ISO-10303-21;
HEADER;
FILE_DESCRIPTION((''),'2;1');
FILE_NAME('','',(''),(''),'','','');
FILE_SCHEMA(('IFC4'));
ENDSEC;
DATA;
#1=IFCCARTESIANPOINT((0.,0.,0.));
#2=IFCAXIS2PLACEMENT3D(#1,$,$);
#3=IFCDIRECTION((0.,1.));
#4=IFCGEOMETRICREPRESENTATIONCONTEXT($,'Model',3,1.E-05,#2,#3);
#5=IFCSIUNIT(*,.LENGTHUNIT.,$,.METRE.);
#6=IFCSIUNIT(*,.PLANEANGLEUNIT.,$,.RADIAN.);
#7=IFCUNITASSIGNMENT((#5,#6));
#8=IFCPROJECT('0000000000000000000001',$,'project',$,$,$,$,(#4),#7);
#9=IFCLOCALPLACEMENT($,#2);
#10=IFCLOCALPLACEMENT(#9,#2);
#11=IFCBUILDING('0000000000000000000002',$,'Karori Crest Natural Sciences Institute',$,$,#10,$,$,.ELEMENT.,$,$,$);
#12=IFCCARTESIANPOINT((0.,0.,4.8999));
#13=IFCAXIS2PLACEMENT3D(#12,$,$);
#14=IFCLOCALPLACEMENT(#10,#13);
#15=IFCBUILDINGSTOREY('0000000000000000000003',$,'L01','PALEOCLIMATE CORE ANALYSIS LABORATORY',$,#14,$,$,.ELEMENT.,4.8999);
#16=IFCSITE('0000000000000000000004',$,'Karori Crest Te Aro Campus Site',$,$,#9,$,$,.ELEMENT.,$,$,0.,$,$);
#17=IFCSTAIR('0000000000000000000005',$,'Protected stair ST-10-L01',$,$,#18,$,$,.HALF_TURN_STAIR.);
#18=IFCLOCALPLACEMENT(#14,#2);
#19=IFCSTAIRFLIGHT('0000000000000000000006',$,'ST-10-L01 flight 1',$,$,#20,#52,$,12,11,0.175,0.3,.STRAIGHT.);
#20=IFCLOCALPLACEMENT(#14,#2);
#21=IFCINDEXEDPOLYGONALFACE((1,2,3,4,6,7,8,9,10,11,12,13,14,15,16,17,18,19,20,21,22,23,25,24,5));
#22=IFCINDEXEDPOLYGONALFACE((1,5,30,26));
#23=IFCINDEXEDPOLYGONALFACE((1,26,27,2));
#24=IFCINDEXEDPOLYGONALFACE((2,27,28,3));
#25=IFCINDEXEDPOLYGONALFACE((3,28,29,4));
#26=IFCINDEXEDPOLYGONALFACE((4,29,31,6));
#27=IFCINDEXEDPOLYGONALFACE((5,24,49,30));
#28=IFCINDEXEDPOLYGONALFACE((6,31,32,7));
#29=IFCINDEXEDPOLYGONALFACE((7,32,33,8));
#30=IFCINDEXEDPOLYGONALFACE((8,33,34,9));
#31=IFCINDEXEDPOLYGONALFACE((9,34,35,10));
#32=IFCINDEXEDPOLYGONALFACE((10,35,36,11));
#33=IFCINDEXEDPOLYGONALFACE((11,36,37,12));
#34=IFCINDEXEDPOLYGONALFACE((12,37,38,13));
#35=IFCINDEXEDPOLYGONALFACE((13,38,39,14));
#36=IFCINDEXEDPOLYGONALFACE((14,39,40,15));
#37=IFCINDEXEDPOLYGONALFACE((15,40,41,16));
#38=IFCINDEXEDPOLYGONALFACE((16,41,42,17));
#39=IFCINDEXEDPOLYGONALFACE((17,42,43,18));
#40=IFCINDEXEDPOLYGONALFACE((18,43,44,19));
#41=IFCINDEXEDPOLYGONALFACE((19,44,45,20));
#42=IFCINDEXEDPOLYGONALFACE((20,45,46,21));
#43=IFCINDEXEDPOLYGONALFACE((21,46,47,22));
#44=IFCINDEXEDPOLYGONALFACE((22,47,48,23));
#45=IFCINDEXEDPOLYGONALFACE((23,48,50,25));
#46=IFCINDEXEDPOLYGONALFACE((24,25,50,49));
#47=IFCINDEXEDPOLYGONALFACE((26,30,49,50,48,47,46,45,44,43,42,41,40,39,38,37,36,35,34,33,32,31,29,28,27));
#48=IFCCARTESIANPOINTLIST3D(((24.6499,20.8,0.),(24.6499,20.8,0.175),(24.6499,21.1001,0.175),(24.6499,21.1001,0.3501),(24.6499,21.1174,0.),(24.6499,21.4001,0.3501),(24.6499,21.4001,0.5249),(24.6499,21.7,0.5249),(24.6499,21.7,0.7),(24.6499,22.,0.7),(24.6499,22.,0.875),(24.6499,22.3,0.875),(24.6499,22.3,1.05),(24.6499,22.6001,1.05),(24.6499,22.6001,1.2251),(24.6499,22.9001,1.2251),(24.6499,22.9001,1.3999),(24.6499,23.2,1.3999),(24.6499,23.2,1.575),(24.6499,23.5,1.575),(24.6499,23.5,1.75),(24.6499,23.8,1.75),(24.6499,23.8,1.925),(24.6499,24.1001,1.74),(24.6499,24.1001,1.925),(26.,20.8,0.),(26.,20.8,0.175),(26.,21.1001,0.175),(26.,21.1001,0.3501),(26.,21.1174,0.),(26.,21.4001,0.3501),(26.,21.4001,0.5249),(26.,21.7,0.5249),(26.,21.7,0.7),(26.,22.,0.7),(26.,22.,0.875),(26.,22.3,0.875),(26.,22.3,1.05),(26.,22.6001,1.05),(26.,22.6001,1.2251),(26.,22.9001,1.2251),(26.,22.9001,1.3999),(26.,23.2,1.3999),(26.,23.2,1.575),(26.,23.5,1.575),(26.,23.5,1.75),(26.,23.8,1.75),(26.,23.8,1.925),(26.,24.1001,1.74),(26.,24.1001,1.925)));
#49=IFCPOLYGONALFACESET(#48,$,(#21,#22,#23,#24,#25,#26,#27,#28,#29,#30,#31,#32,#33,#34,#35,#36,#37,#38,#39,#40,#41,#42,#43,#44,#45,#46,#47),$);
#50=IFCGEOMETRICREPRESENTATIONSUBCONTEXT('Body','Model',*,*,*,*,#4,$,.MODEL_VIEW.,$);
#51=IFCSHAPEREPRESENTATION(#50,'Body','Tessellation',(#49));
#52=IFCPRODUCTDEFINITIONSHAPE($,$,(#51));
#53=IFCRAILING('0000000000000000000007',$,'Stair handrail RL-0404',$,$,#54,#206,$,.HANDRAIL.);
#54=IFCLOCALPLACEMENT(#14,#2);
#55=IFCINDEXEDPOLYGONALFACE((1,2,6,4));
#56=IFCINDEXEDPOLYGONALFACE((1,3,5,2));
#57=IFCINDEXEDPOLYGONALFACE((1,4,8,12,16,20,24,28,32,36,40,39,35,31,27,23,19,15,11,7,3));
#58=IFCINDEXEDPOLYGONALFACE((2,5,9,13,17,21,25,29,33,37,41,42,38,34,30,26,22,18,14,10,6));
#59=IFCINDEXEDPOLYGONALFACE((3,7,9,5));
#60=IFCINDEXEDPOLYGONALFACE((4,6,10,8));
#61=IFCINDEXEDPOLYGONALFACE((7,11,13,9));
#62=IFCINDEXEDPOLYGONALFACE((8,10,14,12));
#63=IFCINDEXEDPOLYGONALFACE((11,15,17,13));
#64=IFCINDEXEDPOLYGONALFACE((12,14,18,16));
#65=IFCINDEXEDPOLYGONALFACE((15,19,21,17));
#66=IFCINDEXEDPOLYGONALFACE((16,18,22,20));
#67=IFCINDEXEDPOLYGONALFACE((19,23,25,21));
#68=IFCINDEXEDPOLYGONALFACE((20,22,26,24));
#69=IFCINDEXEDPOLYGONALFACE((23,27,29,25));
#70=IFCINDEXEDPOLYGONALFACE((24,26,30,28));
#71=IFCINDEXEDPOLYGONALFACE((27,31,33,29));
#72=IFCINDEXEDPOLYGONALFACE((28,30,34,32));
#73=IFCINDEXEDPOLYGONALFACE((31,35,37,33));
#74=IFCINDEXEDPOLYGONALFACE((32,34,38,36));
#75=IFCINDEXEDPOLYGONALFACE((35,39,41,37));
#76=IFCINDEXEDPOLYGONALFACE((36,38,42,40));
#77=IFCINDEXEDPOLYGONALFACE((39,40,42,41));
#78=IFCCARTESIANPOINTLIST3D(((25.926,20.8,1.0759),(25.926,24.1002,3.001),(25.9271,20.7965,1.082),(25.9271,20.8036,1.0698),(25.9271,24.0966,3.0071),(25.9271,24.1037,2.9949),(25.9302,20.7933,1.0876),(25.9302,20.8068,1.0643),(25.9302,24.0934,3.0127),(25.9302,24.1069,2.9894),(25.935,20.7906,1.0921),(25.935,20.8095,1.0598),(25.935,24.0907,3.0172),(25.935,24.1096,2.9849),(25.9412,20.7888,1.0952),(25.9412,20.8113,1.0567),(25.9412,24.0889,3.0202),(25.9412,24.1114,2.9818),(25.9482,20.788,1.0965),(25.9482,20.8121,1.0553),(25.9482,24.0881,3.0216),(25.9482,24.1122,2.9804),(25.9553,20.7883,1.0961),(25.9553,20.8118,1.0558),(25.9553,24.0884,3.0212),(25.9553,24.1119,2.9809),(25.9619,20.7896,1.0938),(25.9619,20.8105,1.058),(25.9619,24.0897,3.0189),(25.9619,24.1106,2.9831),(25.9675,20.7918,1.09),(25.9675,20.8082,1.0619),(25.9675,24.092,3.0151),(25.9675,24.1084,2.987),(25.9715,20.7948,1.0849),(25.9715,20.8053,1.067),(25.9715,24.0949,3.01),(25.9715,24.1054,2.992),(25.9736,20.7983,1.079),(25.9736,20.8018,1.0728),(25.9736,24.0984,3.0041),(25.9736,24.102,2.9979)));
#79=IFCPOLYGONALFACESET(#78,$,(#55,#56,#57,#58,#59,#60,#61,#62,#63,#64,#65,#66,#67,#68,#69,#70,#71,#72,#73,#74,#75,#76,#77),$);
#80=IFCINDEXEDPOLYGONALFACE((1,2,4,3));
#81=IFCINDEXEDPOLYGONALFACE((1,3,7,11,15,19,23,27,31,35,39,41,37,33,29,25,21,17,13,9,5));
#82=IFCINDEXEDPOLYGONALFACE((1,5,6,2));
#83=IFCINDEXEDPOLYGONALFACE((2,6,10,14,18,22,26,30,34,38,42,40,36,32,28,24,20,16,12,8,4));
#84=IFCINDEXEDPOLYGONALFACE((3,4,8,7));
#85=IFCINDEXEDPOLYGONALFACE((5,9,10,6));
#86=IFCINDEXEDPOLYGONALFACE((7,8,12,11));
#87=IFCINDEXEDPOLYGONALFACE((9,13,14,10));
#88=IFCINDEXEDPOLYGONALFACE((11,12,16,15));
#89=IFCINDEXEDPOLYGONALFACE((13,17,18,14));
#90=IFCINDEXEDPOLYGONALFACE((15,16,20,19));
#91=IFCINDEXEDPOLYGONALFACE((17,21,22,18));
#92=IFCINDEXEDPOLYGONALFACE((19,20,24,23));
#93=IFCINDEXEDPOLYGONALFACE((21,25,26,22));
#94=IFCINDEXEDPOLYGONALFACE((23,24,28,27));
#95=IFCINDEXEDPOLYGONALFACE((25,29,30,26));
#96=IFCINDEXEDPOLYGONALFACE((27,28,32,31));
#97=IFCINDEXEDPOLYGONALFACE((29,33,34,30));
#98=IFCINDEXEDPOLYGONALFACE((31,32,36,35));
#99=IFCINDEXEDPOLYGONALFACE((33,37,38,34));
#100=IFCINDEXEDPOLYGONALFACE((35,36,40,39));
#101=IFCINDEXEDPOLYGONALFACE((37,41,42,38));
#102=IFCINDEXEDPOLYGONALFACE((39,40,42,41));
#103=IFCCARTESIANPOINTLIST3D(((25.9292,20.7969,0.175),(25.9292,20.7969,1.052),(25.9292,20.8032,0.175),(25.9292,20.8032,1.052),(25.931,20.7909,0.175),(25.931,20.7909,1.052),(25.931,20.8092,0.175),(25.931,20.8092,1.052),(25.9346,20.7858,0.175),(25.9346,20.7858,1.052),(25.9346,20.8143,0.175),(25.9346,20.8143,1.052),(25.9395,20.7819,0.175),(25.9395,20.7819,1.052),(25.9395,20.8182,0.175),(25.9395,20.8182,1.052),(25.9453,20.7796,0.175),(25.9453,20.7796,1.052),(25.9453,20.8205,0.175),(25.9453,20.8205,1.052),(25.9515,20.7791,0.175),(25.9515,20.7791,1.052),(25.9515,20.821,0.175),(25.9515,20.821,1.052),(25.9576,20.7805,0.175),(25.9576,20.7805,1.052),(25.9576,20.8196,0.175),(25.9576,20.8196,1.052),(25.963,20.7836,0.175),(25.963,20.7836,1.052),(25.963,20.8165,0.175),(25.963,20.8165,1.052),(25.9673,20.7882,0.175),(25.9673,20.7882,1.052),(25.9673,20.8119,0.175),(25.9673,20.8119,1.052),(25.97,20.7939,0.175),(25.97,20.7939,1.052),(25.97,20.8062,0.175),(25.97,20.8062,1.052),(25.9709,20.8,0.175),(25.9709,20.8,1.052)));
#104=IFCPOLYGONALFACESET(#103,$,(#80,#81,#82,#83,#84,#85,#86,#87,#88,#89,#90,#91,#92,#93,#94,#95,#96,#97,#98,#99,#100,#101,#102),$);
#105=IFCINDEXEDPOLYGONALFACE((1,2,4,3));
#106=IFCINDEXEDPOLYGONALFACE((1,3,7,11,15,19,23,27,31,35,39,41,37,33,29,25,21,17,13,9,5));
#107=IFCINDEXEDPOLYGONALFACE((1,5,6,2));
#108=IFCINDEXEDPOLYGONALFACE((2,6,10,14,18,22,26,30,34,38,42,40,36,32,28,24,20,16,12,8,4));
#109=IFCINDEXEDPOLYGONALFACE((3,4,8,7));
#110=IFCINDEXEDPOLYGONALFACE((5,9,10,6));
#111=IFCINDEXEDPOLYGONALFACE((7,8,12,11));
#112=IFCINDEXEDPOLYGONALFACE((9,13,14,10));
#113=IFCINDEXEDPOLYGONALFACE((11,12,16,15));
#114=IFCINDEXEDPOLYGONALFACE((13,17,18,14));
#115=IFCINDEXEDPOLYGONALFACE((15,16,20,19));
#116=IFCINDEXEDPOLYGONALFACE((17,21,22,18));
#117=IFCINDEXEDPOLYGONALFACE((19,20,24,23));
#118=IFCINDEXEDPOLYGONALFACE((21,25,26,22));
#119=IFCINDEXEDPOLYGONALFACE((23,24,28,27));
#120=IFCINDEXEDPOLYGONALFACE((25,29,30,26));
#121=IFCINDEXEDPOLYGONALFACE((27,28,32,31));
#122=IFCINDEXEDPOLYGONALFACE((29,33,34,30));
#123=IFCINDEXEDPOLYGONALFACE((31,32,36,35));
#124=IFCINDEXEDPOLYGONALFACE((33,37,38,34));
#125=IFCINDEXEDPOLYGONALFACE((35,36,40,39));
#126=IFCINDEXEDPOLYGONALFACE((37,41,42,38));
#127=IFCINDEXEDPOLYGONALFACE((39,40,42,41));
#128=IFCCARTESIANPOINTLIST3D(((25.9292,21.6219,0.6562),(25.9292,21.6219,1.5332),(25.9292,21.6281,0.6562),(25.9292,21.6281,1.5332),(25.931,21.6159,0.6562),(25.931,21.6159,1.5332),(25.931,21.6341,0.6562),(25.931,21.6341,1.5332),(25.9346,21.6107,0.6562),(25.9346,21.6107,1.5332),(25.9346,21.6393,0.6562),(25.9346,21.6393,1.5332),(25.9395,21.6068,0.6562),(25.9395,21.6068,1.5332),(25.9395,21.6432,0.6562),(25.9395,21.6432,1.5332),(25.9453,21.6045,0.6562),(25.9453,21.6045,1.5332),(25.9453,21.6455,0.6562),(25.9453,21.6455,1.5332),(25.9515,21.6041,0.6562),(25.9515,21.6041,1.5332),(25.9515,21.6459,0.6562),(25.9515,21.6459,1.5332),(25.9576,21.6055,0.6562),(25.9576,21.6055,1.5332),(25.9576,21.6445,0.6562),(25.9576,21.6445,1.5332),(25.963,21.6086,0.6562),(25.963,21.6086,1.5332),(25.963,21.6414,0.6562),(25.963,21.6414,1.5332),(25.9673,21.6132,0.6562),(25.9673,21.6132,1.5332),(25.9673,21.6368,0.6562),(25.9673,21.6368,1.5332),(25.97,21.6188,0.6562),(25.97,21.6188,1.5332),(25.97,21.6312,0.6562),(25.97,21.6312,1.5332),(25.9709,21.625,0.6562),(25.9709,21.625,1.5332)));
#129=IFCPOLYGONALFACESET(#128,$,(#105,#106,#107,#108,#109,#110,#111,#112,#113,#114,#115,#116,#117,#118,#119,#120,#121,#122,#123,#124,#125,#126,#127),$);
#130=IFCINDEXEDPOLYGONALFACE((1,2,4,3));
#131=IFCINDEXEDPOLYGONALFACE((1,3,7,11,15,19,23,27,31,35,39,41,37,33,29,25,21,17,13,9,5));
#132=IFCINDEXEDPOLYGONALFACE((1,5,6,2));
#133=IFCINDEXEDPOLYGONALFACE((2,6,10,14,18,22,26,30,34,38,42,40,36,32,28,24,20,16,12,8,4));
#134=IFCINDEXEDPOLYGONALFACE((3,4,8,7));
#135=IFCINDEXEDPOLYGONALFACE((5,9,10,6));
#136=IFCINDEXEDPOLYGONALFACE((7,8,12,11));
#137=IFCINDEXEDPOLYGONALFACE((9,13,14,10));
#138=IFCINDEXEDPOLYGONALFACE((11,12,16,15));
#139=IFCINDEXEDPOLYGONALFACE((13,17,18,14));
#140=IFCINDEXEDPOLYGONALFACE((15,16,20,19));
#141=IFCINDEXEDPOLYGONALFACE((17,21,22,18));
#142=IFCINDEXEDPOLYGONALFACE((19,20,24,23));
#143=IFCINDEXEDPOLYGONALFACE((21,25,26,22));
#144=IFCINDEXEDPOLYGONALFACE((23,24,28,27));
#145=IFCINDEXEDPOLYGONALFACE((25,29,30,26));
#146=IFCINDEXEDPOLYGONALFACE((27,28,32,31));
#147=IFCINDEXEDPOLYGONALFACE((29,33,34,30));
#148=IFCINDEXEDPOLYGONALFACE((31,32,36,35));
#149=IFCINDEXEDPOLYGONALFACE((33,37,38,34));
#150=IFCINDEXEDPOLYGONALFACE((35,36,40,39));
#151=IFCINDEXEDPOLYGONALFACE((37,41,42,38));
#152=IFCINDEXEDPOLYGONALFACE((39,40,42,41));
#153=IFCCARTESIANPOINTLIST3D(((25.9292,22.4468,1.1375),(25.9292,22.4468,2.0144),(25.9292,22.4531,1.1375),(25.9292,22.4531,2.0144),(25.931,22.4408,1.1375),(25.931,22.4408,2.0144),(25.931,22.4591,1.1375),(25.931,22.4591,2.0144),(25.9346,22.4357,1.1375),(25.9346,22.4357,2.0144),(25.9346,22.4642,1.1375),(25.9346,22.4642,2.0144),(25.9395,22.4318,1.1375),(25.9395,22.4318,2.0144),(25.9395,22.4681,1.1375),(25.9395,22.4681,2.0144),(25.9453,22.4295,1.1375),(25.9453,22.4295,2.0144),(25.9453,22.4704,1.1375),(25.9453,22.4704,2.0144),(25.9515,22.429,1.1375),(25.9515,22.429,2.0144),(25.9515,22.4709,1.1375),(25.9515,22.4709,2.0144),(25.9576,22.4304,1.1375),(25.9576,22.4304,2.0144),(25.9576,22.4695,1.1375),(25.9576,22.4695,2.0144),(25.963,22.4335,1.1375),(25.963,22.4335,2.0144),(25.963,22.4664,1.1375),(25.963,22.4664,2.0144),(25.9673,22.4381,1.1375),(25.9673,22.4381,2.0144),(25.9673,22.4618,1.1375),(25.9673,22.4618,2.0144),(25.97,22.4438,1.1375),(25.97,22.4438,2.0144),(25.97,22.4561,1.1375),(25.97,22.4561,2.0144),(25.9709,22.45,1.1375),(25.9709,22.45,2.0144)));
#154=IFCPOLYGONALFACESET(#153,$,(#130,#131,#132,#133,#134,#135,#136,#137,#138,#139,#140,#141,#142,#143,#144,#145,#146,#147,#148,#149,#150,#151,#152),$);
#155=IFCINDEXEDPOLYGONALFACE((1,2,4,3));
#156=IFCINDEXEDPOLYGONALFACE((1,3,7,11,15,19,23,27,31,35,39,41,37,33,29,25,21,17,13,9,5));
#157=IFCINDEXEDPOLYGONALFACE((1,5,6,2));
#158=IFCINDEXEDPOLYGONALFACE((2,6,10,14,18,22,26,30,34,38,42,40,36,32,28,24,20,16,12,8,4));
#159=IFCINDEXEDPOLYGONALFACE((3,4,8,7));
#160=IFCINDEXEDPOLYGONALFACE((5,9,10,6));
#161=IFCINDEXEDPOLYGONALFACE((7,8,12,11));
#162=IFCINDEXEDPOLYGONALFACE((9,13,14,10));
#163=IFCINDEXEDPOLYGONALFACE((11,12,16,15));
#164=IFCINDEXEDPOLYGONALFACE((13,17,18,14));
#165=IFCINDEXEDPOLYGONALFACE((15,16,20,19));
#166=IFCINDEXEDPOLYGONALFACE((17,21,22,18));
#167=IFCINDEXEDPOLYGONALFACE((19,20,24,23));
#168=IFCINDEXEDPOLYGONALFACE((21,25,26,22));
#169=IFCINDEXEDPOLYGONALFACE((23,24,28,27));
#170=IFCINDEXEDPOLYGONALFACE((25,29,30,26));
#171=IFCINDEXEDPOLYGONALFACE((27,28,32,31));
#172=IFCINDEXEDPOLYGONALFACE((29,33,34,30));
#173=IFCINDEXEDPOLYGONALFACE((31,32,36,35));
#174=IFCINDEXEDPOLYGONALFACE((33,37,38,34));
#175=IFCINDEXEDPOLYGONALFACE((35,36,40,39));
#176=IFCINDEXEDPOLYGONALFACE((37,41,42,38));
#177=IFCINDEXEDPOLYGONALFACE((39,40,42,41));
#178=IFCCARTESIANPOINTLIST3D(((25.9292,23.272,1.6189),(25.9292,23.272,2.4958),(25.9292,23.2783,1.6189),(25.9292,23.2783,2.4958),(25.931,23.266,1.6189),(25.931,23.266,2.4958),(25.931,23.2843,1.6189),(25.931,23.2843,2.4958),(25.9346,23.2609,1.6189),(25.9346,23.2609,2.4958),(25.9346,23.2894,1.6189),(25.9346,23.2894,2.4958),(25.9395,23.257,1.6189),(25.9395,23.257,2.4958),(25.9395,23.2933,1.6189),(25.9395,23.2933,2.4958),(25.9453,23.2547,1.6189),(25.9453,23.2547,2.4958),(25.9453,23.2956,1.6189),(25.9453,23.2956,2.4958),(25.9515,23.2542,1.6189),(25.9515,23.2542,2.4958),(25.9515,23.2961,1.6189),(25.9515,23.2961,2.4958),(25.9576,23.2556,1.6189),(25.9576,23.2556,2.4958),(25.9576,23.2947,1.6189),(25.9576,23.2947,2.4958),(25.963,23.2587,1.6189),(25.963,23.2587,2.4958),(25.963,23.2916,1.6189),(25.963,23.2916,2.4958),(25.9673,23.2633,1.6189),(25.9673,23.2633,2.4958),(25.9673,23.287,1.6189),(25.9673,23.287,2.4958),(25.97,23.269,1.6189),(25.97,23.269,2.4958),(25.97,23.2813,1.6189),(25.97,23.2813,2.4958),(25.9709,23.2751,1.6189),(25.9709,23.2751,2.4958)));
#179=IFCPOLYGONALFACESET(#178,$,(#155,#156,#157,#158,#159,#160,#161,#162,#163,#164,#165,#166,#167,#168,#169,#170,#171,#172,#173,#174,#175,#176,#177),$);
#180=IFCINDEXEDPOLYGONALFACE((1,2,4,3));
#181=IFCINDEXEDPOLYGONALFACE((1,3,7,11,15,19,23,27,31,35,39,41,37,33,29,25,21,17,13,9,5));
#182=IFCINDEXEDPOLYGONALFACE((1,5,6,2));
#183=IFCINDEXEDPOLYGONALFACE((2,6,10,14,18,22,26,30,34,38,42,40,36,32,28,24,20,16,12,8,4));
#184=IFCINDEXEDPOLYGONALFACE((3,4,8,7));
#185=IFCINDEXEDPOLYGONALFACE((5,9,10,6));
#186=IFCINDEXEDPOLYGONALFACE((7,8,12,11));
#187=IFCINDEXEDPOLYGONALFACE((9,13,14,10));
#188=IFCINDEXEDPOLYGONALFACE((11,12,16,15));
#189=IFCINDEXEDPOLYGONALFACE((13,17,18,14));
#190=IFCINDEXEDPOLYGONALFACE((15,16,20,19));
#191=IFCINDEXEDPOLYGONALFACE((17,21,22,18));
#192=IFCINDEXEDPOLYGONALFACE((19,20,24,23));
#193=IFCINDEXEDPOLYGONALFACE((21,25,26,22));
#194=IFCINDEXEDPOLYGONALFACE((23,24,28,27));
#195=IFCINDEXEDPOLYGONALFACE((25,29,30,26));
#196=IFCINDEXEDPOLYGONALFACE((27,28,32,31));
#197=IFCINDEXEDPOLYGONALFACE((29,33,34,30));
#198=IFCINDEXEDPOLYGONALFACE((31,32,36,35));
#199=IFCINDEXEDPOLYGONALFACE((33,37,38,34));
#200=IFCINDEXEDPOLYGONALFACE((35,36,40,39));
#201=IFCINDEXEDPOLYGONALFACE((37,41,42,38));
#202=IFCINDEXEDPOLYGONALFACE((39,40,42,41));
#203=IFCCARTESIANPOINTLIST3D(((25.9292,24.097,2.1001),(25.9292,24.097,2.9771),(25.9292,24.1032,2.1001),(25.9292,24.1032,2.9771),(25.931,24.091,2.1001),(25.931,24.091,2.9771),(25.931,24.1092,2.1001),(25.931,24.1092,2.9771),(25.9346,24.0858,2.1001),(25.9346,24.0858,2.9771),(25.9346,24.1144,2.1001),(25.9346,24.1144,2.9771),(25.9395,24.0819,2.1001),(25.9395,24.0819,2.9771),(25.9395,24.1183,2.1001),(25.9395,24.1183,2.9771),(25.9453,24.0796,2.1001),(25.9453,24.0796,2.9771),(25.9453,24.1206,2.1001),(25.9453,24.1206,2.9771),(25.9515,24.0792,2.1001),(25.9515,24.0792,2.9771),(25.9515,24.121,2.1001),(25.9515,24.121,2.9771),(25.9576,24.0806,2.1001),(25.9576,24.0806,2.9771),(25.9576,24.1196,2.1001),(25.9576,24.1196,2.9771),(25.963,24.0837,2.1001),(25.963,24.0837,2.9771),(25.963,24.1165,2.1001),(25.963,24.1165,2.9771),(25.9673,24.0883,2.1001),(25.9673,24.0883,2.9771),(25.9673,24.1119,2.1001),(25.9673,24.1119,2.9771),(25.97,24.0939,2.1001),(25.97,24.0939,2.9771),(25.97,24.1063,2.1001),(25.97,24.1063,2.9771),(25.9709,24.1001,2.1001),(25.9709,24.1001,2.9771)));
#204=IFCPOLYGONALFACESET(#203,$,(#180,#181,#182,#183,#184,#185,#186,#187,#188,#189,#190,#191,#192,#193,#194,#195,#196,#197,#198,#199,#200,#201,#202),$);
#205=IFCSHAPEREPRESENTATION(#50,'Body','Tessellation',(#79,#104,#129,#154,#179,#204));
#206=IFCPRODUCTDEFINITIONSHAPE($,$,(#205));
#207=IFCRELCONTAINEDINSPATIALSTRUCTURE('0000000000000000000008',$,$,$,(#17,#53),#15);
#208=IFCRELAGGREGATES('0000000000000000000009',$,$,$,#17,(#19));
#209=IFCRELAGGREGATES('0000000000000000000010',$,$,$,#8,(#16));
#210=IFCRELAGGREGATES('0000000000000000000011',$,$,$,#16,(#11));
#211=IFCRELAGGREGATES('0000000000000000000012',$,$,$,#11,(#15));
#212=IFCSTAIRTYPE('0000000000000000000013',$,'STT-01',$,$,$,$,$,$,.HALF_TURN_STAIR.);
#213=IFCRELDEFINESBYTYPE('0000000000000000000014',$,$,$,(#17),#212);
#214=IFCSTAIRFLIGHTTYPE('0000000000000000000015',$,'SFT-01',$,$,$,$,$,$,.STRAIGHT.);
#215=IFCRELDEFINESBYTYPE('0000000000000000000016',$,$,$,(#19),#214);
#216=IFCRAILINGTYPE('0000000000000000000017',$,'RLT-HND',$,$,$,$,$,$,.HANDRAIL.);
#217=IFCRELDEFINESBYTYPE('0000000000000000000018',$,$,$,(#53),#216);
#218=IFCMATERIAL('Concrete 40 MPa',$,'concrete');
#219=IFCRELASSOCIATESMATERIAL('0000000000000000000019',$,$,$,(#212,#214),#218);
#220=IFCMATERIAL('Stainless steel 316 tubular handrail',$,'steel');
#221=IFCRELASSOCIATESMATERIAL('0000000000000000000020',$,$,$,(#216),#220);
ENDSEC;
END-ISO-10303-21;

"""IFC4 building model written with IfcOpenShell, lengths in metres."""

from ifc_helpers import new_model, si_unit, direction, frame, origin, origin_2d, place, context, subcontext, project, spatial, polyline, circle, outline, extrude, material, type_object, element, aggregate, save


model = new_model("IFC4")

# Units and contexts
model_context = context("Model", 3, precision=1e-05, world=origin(), true_north=direction((0.0, 1.0)))
body_context = subcontext(model_context, "Body", "Model", "MODEL_VIEW")
ifc_project = project(units=[si_unit("LENGTHUNIT", "METRE"), si_unit("PLANEANGLEUNIT", "RADIAN")], contexts=[model_context])

# Site, building, storey
site_placement = place(None, origin())
site = spatial("IfcSite", under=ifc_project, at=site_placement, Name="Karori Crest Te Aro Campus Site", CompositionType="ELEMENT", RefElevation=0.0)
building_placement = place(site_placement, origin())
building = spatial("IfcBuilding", under=site, at=building_placement, Name="Karori Crest Natural Sciences Institute", CompositionType="ELEMENT")
storey_placement = place(building_placement, frame((0.0, 0.0, 4.8999)))
storey = spatial("IfcBuildingStorey", under=building, at=storey_placement, Name="L01", Description="PALEOCLIMATE CORE ANALYSIS LABORATORY", CompositionType="ELEMENT", Elevation=4.8999)

# Stair, stair flight
ifc_material_1 = material(Name="Concrete 40 MPa", Category="concrete")
stair_type = type_object("IfcStairType", Name="STT-01", PredefinedType="HALF_TURN_STAIR", material=ifc_material_1)
stair_placement = place(storey_placement, origin())
stair = element("IfcStair", 1, at=stair_placement, inside=storey, type_object=stair_type, Name="Protected stair ST-10-L01", PredefinedType="HALF_TURN_STAIR")
stair_flight_type = type_object("IfcStairFlightType", Name="SFT-01", PredefinedType="STRAIGHT", material=ifc_material_1)
stair_flight_placement = place(storey_placement, frame((25.325, 20.8, 0.0), z_axis=(0.0, 0.0, 1.0), x_axis=(0.0, 1.0, 0.0)))
stair_flight = element("IfcStairFlight", 2, at=stair_flight_placement, type_object=stair_flight_type, Name="ST-10-L01 flight 1", NumberOfRisers=12, NumberOfTreads=11, PredefinedType="STRAIGHT", RiserHeight=0.175, TreadLength=0.3, context=body_context, shape_type="SweptSolid", body=[
    extrude(outline(polyline([(0.0, 0.0), (0.0, 0.175), (0.3, 0.175), (0.3, 0.3501), (0.6001, 0.3501), (0.6001, 0.5249), (0.8999, 0.5249), (0.8999, 0.7), (1.2, 0.7), (1.2, 0.875), (1.5, 0.875), (1.5, 1.05), (1.8, 1.05), (1.8, 1.2251), (2.1001, 1.2251), (2.1001, 1.3999), (2.3999, 1.3999), (2.3999, 1.575), (2.7, 1.575), (2.7, 1.75), (3.0, 1.75), (3.0, 1.925), (3.3, 1.925), (3.3, 2.1001), (3.3, 1.74), (0.3174, 0.0), (0.0, 0.0)])), frame((0.0, 0.675, 0.0), z_axis=(0.0, -1.0, 0.0), x_axis=(1.0, 0.0, 0.0)), (0.0, 0.0, 1.0), 1.3501),
])
aggregate(stair, [stair_flight])

# Railing
ifc_material_2 = material(Name="Stainless steel 316 tubular handrail", Category="steel")
railing_type_1 = type_object("IfcRailingType", Name="RLT-HND", PredefinedType="HANDRAIL", material=ifc_material_2)
railing_1_placement = place(storey_placement, frame((25.95, 20.8, 0.175)))
element("IfcRailing", 3, at=railing_1_placement, inside=storey, type_object=railing_type_1, Name="Stair handrail RL-0404", PredefinedType="HANDRAIL", context=body_context, shape_type="SweptSolid", body=[
    extrude(circle(Radius=0.0239, at=origin_2d()), frame((0.0, 0.0, 0.9009), z_axis=(0.0, 0.863777, 0.503875), x_axis=(-1.0, 0.0, 0.0)), (0.0, 0.0, 1.0), 3.8206),
    extrude(circle(Radius=0.021, at=origin_2d()), origin(), (0.0, 0.0, 1.0), 0.877),
    extrude(circle(Radius=0.021, at=origin_2d()), frame((0.0, 0.825, 0.4812)), (0.0, 0.0, 1.0), 0.877),
    extrude(circle(Radius=0.021, at=origin_2d()), frame((0.0, 1.6499, 0.9624)), (0.0, 0.0, 1.0), 0.877),
    extrude(circle(Radius=0.021, at=origin_2d()), frame((0.0, 2.4751, 1.4438)), (0.0, 0.0, 1.0), 0.877),
    extrude(circle(Radius=0.021, at=origin_2d()), frame((0.0, 3.3, 1.925)), (0.0, 0.0, 1.0), 0.877),
])

save(model, "model.ifc")
